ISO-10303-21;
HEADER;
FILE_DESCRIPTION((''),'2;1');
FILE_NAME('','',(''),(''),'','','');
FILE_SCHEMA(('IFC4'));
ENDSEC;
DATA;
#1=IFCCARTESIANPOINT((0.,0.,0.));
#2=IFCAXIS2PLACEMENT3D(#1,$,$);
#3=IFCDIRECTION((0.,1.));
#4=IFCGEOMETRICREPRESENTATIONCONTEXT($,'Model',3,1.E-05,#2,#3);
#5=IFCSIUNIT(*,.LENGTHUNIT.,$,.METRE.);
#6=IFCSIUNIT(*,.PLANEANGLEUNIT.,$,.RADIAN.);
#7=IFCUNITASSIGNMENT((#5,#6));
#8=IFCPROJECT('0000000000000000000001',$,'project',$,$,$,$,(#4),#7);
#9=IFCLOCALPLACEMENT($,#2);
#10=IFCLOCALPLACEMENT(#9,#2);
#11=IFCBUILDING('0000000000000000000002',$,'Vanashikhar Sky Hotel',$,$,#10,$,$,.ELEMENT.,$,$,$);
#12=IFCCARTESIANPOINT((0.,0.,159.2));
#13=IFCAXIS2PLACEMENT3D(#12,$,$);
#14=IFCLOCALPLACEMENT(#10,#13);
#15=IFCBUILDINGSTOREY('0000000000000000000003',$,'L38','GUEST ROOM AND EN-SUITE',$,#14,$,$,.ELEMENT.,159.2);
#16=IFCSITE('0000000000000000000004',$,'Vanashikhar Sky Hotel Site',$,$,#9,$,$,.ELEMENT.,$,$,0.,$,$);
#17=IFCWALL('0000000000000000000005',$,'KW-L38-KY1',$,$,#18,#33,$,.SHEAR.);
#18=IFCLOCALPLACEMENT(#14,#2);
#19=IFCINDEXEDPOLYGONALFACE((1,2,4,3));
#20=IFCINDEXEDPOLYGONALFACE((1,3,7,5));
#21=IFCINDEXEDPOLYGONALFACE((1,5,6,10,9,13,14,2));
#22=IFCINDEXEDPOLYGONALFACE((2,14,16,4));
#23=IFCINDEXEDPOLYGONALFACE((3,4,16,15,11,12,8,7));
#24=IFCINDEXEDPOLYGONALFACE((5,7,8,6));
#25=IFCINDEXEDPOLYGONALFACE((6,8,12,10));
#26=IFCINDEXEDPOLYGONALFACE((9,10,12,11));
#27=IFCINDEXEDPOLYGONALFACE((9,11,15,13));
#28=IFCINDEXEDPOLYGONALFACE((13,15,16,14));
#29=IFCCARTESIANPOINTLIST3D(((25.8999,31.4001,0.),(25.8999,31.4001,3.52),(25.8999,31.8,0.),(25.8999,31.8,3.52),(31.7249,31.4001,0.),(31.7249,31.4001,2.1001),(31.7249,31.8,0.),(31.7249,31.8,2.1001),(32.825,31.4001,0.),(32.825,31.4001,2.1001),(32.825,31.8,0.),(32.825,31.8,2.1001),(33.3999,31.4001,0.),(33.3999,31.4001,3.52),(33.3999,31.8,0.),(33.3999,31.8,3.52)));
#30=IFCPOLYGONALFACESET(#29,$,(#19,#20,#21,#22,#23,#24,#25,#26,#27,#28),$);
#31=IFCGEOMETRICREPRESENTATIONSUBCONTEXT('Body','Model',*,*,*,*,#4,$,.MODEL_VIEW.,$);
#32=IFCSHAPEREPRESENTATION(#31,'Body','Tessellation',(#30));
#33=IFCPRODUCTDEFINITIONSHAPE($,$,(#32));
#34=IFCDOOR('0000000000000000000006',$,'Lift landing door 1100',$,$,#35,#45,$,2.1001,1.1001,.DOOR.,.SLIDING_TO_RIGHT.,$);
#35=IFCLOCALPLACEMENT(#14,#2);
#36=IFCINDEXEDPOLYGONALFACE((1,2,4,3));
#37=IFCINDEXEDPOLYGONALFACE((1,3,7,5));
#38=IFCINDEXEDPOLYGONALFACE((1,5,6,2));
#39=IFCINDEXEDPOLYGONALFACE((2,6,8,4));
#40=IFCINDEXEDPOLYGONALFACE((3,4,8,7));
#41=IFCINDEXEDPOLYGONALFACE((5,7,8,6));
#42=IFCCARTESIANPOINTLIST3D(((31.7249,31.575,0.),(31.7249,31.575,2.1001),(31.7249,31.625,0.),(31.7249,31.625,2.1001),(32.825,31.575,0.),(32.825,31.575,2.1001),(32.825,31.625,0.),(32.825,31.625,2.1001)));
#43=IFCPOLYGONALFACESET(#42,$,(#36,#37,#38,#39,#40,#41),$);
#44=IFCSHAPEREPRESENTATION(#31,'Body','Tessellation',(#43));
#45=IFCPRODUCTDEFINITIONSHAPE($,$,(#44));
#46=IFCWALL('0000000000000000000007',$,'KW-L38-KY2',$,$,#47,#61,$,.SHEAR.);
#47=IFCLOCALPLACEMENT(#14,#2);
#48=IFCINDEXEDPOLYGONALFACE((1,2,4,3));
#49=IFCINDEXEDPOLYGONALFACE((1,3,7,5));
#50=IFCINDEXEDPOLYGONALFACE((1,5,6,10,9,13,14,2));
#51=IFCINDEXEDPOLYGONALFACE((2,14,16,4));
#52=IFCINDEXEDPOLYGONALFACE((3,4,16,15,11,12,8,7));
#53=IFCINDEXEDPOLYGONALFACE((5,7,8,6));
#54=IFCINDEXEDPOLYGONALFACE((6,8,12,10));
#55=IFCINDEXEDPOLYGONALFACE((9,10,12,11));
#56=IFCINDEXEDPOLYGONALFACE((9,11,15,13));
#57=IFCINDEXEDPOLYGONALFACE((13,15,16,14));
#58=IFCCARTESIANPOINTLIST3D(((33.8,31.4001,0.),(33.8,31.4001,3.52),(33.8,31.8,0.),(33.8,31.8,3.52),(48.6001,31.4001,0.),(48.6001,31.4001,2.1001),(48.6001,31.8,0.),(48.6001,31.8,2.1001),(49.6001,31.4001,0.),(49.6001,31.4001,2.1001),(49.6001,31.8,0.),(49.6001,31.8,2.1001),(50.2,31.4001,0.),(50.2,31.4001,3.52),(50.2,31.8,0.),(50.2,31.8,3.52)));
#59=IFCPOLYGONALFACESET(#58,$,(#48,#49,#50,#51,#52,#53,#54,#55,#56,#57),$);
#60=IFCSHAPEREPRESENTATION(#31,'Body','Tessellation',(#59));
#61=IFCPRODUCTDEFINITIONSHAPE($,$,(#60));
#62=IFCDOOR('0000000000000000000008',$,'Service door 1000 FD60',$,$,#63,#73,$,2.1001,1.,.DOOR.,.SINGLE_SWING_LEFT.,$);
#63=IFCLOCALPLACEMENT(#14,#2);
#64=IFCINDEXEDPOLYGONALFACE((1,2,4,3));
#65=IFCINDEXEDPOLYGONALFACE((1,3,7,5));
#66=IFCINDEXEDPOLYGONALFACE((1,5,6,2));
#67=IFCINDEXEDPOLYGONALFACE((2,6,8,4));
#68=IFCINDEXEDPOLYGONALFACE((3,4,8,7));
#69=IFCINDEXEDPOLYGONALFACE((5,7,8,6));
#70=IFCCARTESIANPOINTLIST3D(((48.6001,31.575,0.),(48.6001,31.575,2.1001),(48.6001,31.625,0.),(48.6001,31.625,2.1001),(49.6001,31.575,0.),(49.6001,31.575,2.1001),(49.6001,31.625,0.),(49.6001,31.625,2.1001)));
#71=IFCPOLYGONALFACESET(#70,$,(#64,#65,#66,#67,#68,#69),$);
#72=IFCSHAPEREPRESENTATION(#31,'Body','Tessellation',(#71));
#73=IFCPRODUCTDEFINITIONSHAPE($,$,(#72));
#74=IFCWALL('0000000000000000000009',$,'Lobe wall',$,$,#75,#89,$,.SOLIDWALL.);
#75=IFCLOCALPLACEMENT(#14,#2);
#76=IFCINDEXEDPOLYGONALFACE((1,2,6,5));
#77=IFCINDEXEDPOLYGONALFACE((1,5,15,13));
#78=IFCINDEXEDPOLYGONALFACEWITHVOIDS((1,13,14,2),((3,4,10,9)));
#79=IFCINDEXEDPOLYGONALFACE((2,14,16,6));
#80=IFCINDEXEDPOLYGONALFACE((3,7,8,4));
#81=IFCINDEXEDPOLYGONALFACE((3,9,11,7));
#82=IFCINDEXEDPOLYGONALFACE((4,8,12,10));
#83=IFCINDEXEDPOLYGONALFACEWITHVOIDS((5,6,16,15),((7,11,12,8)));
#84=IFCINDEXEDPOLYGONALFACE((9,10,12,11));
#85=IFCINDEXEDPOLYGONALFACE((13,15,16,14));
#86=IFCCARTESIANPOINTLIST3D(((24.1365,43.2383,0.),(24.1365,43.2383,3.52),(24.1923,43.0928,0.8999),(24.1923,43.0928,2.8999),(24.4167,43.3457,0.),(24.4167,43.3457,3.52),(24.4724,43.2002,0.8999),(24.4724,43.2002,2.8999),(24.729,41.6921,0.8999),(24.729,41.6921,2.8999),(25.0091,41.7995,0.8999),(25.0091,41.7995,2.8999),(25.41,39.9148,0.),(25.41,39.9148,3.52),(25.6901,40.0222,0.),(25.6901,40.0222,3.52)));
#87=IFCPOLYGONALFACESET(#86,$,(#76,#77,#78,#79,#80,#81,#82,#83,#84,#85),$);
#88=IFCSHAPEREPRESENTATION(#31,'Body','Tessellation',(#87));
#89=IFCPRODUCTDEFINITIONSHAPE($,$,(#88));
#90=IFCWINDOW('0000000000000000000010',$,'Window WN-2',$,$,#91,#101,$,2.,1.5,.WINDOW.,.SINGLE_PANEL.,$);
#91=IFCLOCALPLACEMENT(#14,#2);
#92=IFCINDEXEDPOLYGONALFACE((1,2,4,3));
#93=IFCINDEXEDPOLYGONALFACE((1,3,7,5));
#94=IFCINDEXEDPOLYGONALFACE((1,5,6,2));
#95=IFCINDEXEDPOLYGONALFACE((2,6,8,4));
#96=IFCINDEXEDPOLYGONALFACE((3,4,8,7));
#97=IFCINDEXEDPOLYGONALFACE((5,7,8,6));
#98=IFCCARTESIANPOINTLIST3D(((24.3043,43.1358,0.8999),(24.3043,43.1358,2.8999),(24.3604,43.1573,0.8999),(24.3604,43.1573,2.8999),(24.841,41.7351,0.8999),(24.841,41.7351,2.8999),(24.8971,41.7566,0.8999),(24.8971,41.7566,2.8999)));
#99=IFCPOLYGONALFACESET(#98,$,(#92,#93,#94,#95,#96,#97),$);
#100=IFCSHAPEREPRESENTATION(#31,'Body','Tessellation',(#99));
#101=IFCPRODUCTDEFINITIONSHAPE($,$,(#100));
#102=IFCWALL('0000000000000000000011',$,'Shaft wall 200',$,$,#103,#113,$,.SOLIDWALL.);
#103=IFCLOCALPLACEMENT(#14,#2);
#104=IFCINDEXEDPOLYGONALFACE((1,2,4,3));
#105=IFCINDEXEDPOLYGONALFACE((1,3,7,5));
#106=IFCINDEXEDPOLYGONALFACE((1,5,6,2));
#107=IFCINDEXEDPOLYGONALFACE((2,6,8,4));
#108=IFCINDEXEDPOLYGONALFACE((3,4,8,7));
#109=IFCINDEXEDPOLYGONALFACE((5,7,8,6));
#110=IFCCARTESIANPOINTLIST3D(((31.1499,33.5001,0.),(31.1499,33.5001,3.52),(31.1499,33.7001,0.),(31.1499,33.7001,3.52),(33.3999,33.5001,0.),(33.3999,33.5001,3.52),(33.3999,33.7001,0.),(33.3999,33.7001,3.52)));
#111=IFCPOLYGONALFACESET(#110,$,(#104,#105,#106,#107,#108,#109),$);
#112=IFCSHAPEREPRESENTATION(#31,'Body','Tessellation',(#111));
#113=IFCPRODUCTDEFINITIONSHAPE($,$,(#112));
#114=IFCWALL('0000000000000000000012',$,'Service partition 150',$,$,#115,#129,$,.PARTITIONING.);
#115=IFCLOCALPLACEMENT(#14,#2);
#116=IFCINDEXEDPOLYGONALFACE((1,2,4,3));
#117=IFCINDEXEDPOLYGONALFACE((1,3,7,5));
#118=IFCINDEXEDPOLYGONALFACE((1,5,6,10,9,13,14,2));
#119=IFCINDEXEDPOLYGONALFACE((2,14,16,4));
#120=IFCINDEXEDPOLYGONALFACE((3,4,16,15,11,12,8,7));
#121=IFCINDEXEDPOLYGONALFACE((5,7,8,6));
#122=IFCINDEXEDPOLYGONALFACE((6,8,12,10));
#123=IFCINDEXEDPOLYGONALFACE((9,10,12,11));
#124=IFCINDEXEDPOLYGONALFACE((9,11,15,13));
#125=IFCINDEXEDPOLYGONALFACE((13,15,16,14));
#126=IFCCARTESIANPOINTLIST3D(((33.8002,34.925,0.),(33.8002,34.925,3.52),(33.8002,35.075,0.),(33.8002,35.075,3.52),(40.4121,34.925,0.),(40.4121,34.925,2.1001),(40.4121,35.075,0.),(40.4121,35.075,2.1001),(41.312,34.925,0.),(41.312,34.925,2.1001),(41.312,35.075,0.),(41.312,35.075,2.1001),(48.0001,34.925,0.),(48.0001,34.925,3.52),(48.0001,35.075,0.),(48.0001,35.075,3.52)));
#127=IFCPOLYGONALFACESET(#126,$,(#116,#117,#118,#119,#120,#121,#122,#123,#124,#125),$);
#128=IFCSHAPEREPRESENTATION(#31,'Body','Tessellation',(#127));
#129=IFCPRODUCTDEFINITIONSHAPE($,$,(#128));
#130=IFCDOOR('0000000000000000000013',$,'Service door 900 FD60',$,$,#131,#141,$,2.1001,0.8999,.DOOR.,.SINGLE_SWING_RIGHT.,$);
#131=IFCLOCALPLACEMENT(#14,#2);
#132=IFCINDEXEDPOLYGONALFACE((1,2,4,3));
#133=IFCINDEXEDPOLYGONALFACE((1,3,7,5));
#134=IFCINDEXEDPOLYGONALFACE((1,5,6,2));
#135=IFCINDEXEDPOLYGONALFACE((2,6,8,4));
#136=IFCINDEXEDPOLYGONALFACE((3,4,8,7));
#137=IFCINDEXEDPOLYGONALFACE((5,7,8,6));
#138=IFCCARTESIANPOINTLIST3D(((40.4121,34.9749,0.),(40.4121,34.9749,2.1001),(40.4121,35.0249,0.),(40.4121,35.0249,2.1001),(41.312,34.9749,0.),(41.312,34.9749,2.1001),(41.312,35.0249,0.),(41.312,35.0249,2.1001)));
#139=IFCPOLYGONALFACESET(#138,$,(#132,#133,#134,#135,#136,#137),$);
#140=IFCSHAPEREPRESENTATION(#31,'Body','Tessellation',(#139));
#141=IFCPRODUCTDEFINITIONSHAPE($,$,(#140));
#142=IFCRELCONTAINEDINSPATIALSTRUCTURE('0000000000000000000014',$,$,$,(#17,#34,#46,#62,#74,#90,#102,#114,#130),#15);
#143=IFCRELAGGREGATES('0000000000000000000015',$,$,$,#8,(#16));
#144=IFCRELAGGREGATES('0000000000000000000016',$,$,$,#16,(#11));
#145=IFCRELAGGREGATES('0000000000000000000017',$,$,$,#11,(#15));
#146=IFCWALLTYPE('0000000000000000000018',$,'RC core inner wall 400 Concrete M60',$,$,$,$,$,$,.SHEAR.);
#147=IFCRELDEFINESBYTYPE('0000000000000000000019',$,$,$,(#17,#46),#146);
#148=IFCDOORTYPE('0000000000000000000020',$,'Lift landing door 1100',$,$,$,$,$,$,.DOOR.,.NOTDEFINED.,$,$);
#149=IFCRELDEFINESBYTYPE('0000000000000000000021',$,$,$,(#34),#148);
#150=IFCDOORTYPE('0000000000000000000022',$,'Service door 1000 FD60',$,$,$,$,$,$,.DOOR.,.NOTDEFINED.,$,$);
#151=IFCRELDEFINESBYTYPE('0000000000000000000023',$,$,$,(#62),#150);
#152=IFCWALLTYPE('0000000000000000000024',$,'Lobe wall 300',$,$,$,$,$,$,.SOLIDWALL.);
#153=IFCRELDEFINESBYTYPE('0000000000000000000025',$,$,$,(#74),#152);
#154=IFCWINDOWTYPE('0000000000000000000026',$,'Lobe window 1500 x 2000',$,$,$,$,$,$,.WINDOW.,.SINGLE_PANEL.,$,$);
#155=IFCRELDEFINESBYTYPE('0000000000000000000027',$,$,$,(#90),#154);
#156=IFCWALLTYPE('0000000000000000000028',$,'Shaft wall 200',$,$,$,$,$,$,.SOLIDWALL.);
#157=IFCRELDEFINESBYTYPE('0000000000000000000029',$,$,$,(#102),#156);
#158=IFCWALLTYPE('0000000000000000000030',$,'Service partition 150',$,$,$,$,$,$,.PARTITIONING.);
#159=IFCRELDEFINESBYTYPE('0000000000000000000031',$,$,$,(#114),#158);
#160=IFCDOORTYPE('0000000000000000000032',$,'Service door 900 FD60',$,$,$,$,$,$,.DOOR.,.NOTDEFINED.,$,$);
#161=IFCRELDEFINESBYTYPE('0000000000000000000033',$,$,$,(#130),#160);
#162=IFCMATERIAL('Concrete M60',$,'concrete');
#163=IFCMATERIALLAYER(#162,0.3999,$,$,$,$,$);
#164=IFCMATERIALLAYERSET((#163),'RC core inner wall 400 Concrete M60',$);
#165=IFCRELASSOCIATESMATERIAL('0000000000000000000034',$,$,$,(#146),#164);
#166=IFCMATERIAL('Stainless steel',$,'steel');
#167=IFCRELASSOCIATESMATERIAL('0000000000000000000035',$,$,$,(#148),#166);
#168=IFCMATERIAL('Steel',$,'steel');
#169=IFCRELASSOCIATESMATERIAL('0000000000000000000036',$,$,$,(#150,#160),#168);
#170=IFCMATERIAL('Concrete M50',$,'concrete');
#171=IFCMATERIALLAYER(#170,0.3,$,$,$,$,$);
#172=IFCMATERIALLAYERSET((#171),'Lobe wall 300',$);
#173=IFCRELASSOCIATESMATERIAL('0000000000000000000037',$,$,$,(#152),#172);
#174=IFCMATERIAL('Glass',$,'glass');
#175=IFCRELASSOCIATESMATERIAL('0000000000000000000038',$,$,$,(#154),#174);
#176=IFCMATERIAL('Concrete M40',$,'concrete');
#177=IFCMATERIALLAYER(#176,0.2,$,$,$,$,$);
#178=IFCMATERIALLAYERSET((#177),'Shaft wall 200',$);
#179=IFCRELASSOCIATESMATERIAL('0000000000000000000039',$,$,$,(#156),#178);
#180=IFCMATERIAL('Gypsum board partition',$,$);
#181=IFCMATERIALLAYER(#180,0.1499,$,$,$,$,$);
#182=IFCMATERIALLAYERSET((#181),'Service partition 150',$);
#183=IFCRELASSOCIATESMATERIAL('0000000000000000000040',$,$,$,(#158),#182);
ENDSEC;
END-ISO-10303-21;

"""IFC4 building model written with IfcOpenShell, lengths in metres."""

from ifc_helpers import new_model, si_unit, direction, frame, frame_2d, origin, place, context, subcontext, project, spatial, rectangle, extrude, source, transform, mapped, material, layer, layer_set, type_object, element, fill, save


model = new_model("IFC4")

# Units and contexts
model_context = context("Model", 3, precision=1e-05, world=origin(), true_north=direction((0.0, 1.0)))
body_context = subcontext(model_context, "Body", "Model", "MODEL_VIEW")
ifc_project = project(units=[si_unit("LENGTHUNIT", "METRE"), si_unit("PLANEANGLEUNIT", "RADIAN")], contexts=[model_context])

# Site, building, storey
site_placement = place(None, origin())
site = spatial("IfcSite", under=ifc_project, at=site_placement, Name="Vanashikhar Sky Hotel Site", CompositionType="ELEMENT", RefElevation=0.0)
building_placement = place(site_placement, origin())
building = spatial("IfcBuilding", under=site, at=building_placement, Name="Vanashikhar Sky Hotel", CompositionType="ELEMENT")
storey_placement = place(building_placement, frame((0.0, 0.0, 159.2)))
storey = spatial("IfcBuildingStorey", under=building, at=storey_placement, Name="L38", Description="GUEST ROOM AND EN-SUITE", CompositionType="ELEMENT", Elevation=159.2)

# Walls, openings, doors
ifc_material_1 = material(Name="Concrete M60", Category="concrete")
ifc_layer_1 = layer(ifc_material_1, 0.3999)
ifc_layer_set_1 = layer_set([ifc_layer_1], Name="RC core inner wall 400 Concrete M60")
wall_type_1 = type_object("IfcWallType", Name="RC core inner wall 400 Concrete M60", PredefinedType="SHEAR", material=ifc_layer_set_1)
shared_shape_1 = source(origin(), body_context, "Body", "SweptSolid", [
    extrude(rectangle(XDim=7.5, YDim=0.3999, at=frame_2d((3.75, 0.0))), origin(), (0.0, 0.0, 1.0), 3.52),
])
wall_1_placement = place(storey_placement, frame((25.8999, 31.6001, 0.0), z_axis=(0.0, 0.0, 1.0), x_axis=(1.0, 0.0, 0.0)))
wall_1 = element("IfcWall", 1, at=wall_1_placement, inside=storey, type_object=wall_type_1, Name="KW-L38-KY1", PredefinedType="SHEAR", context=body_context, shape_type="MappedRepresentation", body=[
    mapped(shared_shape_1, transform((0.0, 0.0, 0.0), scale=1.0)),
])
shared_shape_2 = source(origin(), body_context, "Body", "SweptSolid", [
    extrude(rectangle(XDim=1.1001, YDim=2.1001, at=frame_2d((0.55, 1.05))), frame((0.0, 0.21, 0.0), z_axis=(0.0, -1.0, 0.0), x_axis=(1.0, 0.0, 0.0)), (0.0, 0.0, 1.0), 0.4199),
])
opening_1_placement = place(wall_1_placement, frame((5.825, 0.0, 0.0)))
opening_1 = element("IfcOpeningElement", 2, at=opening_1_placement, cuts=wall_1, PredefinedType="OPENING", context=body_context, shape_type="MappedRepresentation", body=[
    mapped(shared_shape_2, transform((0.0, 0.0, 0.0), scale=1.0)),
])
ifc_material_2 = material(Name="Stainless steel", Category="steel")
door_type_1 = type_object("IfcDoorType", Name="Lift landing door 1100", OperationType="NOTDEFINED", PredefinedType="DOOR", material=ifc_material_2)
shared_shape_3 = source(origin(), body_context, "Body", "SweptSolid", [
    extrude(rectangle(XDim=1.1001, YDim=2.1001, at=frame_2d((0.55, 1.05))), frame((0.0, 0.0249, 0.0), z_axis=(0.0, -1.0, 0.0), x_axis=(1.0, 0.0, 0.0)), (0.0, 0.0, 1.0), 0.05),
])
door_1_placement = place(opening_1_placement, origin())
door_1 = element("IfcDoor", 3, at=door_1_placement, inside=storey, type_object=door_type_1, Name="Lift landing door 1100", OperationType="SLIDING_TO_RIGHT", OverallHeight=2.1001, OverallWidth=1.1001, PredefinedType="DOOR", context=body_context, shape_type="MappedRepresentation", body=[
    mapped(shared_shape_3, transform((0.0, 0.0, 0.0), scale=1.0)),
])
fill(opening_1, door_1)
shared_shape_4 = source(origin(), body_context, "Body", "SweptSolid", [
    extrude(rectangle(XDim=16.3999, YDim=0.3999, at=frame_2d((8.2, 0.0))), origin(), (0.0, 0.0, 1.0), 3.52),
])
wall_2_placement = place(storey_placement, frame((33.8, 31.6001, 0.0), z_axis=(0.0, 0.0, 1.0), x_axis=(1.0, 0.0, 0.0)))
wall_2 = element("IfcWall", 4, at=wall_2_placement, inside=storey, type_object=wall_type_1, Name="KW-L38-KY2", PredefinedType="SHEAR", context=body_context, shape_type="MappedRepresentation", body=[
    mapped(shared_shape_4, transform((0.0, 0.0, 0.0), scale=1.0)),
])
shared_shape_5 = source(origin(), body_context, "Body", "SweptSolid", [
    extrude(rectangle(XDim=1.0, YDim=2.1001, at=frame_2d((0.5, 1.05))), frame((0.0, 0.21, 0.0), z_axis=(0.0, -1.0, 0.0), x_axis=(1.0, 0.0, 0.0)), (0.0, 0.0, 1.0), 0.4199),
])
opening_2_placement = place(wall_2_placement, frame((14.8, 0.0, 0.0)))
opening_2 = element("IfcOpeningElement", 5, at=opening_2_placement, cuts=wall_2, PredefinedType="OPENING", context=body_context, shape_type="MappedRepresentation", body=[
    mapped(shared_shape_5, transform((0.0, 0.0, 0.0), scale=1.0)),
])
ifc_material_3 = material(Name="Steel", Category="steel")
door_type_2 = type_object("IfcDoorType", Name="Service door 1000 FD60", OperationType="NOTDEFINED", PredefinedType="DOOR", material=ifc_material_3)
shared_shape_6 = source(origin(), body_context, "Body", "SweptSolid", [
    extrude(rectangle(XDim=1.0, YDim=2.1001, at=frame_2d((0.5, 1.05))), frame((0.0, 0.0249, 0.0), z_axis=(0.0, -1.0, 0.0), x_axis=(1.0, 0.0, 0.0)), (0.0, 0.0, 1.0), 0.05),
])
door_2_placement = place(opening_2_placement, origin())
door_2 = element("IfcDoor", 6, at=door_2_placement, inside=storey, type_object=door_type_2, Name="Service door 1000 FD60", OperationType="SINGLE_SWING_LEFT", OverallHeight=2.1001, OverallWidth=1.0, PredefinedType="DOOR", context=body_context, shape_type="MappedRepresentation", body=[
    mapped(shared_shape_6, transform((0.0, 0.0, 0.0), scale=1.0)),
])
fill(opening_2, door_2)

# Wall, opening, window
ifc_material_4 = material(Name="Concrete M50", Category="concrete")
ifc_layer_2 = layer(ifc_material_4, 0.3)
ifc_layer_set_2 = layer_set([ifc_layer_2], Name="Lobe wall 300")
wall_type_2 = type_object("IfcWallType", Name="Lobe wall 300", PredefinedType="SOLIDWALL", material=ifc_layer_set_2)
shared_shape_7 = source(origin(), body_context, "Body", "SweptSolid", [
    extrude(rectangle(XDim=3.5591, YDim=0.3, at=frame_2d((1.7795, 0.0))), origin(), (0.0, 0.0, 1.0), 3.52),
])
wall_3_placement = place(storey_placement, frame((25.55, 39.9685, 0.0), z_axis=(0.0, 0.0, 1.0), x_axis=(-0.357797, 0.933799, 0.0)))
wall_3 = element("IfcWall", 7, at=wall_3_placement, inside=storey, type_object=wall_type_2, Name="Lobe wall", PredefinedType="SOLIDWALL", context=body_context, shape_type="MappedRepresentation", body=[
    mapped(shared_shape_7, transform((0.0, 0.0, 0.0), scale=1.0)),
])
shared_shape_8 = source(origin(), body_context, "Body", "SweptSolid", [
    extrude(rectangle(XDim=1.5, YDim=2.0, at=frame_2d((0.75, 1.0))), frame((0.0, 0.1602, 0.0), z_axis=(0.0, -1.0, 0.0), x_axis=(1.0, 0.0, 0.0)), (0.0, 0.0, 1.0), 0.3201),
])
opening_3_placement = place(wall_3_placement, frame((1.9033, 0.0, 0.8999)))
opening_3 = element("IfcOpeningElement", 8, at=opening_3_placement, cuts=wall_3, PredefinedType="OPENING", context=body_context, shape_type="MappedRepresentation", body=[
    mapped(shared_shape_8, transform((0.0, 0.0, 0.0), scale=1.0)),
])
ifc_material_5 = material(Name="Glass", Category="glass")
window_type = type_object("IfcWindowType", Name="Lobe window 1500 x 2000", PartitioningType="SINGLE_PANEL", PredefinedType="WINDOW", material=ifc_material_5)
shared_shape_9 = source(origin(), body_context, "Body", "SweptSolid", [
    extrude(rectangle(XDim=1.5, YDim=2.0, at=frame_2d((0.75, 1.0))), frame((0.0, 0.03, 0.0), z_axis=(0.0, -1.0, 0.0), x_axis=(1.0, 0.0, 0.0)), (0.0, 0.0, 1.0), 0.0601),
])
window_placement = place(opening_3_placement, origin())
window = element("IfcWindow", 9, at=window_placement, inside=storey, type_object=window_type, Name="Window WN-2", OverallHeight=2.0, OverallWidth=1.5, PartitioningType="SINGLE_PANEL", PredefinedType="WINDOW", context=body_context, shape_type="MappedRepresentation", body=[
    mapped(shared_shape_9, transform((0.0, 0.0, 0.0), scale=1.0)),
])
fill(opening_3, window)

# Wall
ifc_material_6 = material(Name="Concrete M40", Category="concrete")
ifc_layer_3 = layer(ifc_material_6, 0.2)
ifc_layer_set_3 = layer_set([ifc_layer_3], Name="Shaft wall 200")
wall_type_3 = type_object("IfcWallType", Name="Shaft wall 200", PredefinedType="SOLIDWALL", material=ifc_layer_set_3)
shared_shape_10 = source(origin(), body_context, "Body", "SweptSolid", [
    extrude(rectangle(XDim=2.25, YDim=0.2, at=frame_2d((1.125, 0.0))), origin(), (0.0, 0.0, 1.0), 3.52),
])
wall_4_placement = place(storey_placement, frame((31.1499, 33.6001, 0.0), z_axis=(0.0, 0.0, 1.0), x_axis=(1.0, 0.0, 0.0)))
element("IfcWall", 10, at=wall_4_placement, inside=storey, type_object=wall_type_3, Name="Shaft wall 200", PredefinedType="SOLIDWALL", context=body_context, shape_type="MappedRepresentation", body=[
    mapped(shared_shape_10, transform((0.0, 0.0, 0.0), scale=1.0)),
])

# Wall, opening, door
ifc_material_7 = material(Name="Gypsum board partition")
ifc_layer_4 = layer(ifc_material_7, 0.1499)
ifc_layer_set_4 = layer_set([ifc_layer_4], Name="Service partition 150")
wall_type_4 = type_object("IfcWallType", Name="Service partition 150", PredefinedType="PARTITIONING", material=ifc_layer_set_4)
shared_shape_11 = source(origin(), body_context, "Body", "SweptSolid", [
    extrude(rectangle(XDim=14.2, YDim=0.1499, at=frame_2d((7.1001, 0.0))), origin(), (0.0, 0.0, 1.0), 3.52),
])
wall_5_placement = place(storey_placement, frame((33.8, 35.0, 0.0), z_axis=(0.0, 0.0, 1.0), x_axis=(1.0, 0.0, 0.0)))
wall_5 = element("IfcWall", 11, at=wall_5_placement, inside=storey, type_object=wall_type_4, Name="Service partition 150", PredefinedType="PARTITIONING", context=body_context, shape_type="MappedRepresentation", body=[
    mapped(shared_shape_11, transform((0.0, 0.0, 0.0), scale=1.0)),
])
shared_shape_12 = source(origin(), body_context, "Body", "SweptSolid", [
    extrude(rectangle(XDim=0.8999, YDim=2.1001, at=frame_2d((0.45, 1.05))), frame((0.0, 0.085, 0.0), z_axis=(0.0, -1.0, 0.0), x_axis=(1.0, 0.0, 0.0)), (0.0, 0.0, 1.0), 0.1699),
])
opening_4_placement = place(wall_5_placement, frame((6.6121, 0.0, 0.0)))
opening_4 = element("IfcOpeningElement", 12, at=opening_4_placement, cuts=wall_5, PredefinedType="OPENING", context=body_context, shape_type="MappedRepresentation", body=[
    mapped(shared_shape_12, transform((0.0, 0.0, 0.0), scale=1.0)),
])
door_type_3 = type_object("IfcDoorType", Name="Service door 900 FD60", OperationType="NOTDEFINED", PredefinedType="DOOR", material=ifc_material_3)
shared_shape_13 = source(origin(), body_context, "Body", "SweptSolid", [
    extrude(rectangle(XDim=0.8999, YDim=2.1001, at=frame_2d((0.45, 1.05))), frame((0.0, 0.0249, 0.0), z_axis=(0.0, -1.0, 0.0), x_axis=(1.0, 0.0, 0.0)), (0.0, 0.0, 1.0), 0.05),
])
door_3_placement = place(opening_4_placement, origin())
door_3 = element("IfcDoor", 13, at=door_3_placement, inside=storey, type_object=door_type_3, Name="Service door 900 FD60", OperationType="SINGLE_SWING_RIGHT", OverallHeight=2.1001, OverallWidth=0.8999, PredefinedType="DOOR", context=body_context, shape_type="MappedRepresentation", body=[
    mapped(shared_shape_13, transform((0.0, 0.0, 0.0), scale=1.0)),
])
fill(opening_4, door_3)

save(model, "model.ifc")
